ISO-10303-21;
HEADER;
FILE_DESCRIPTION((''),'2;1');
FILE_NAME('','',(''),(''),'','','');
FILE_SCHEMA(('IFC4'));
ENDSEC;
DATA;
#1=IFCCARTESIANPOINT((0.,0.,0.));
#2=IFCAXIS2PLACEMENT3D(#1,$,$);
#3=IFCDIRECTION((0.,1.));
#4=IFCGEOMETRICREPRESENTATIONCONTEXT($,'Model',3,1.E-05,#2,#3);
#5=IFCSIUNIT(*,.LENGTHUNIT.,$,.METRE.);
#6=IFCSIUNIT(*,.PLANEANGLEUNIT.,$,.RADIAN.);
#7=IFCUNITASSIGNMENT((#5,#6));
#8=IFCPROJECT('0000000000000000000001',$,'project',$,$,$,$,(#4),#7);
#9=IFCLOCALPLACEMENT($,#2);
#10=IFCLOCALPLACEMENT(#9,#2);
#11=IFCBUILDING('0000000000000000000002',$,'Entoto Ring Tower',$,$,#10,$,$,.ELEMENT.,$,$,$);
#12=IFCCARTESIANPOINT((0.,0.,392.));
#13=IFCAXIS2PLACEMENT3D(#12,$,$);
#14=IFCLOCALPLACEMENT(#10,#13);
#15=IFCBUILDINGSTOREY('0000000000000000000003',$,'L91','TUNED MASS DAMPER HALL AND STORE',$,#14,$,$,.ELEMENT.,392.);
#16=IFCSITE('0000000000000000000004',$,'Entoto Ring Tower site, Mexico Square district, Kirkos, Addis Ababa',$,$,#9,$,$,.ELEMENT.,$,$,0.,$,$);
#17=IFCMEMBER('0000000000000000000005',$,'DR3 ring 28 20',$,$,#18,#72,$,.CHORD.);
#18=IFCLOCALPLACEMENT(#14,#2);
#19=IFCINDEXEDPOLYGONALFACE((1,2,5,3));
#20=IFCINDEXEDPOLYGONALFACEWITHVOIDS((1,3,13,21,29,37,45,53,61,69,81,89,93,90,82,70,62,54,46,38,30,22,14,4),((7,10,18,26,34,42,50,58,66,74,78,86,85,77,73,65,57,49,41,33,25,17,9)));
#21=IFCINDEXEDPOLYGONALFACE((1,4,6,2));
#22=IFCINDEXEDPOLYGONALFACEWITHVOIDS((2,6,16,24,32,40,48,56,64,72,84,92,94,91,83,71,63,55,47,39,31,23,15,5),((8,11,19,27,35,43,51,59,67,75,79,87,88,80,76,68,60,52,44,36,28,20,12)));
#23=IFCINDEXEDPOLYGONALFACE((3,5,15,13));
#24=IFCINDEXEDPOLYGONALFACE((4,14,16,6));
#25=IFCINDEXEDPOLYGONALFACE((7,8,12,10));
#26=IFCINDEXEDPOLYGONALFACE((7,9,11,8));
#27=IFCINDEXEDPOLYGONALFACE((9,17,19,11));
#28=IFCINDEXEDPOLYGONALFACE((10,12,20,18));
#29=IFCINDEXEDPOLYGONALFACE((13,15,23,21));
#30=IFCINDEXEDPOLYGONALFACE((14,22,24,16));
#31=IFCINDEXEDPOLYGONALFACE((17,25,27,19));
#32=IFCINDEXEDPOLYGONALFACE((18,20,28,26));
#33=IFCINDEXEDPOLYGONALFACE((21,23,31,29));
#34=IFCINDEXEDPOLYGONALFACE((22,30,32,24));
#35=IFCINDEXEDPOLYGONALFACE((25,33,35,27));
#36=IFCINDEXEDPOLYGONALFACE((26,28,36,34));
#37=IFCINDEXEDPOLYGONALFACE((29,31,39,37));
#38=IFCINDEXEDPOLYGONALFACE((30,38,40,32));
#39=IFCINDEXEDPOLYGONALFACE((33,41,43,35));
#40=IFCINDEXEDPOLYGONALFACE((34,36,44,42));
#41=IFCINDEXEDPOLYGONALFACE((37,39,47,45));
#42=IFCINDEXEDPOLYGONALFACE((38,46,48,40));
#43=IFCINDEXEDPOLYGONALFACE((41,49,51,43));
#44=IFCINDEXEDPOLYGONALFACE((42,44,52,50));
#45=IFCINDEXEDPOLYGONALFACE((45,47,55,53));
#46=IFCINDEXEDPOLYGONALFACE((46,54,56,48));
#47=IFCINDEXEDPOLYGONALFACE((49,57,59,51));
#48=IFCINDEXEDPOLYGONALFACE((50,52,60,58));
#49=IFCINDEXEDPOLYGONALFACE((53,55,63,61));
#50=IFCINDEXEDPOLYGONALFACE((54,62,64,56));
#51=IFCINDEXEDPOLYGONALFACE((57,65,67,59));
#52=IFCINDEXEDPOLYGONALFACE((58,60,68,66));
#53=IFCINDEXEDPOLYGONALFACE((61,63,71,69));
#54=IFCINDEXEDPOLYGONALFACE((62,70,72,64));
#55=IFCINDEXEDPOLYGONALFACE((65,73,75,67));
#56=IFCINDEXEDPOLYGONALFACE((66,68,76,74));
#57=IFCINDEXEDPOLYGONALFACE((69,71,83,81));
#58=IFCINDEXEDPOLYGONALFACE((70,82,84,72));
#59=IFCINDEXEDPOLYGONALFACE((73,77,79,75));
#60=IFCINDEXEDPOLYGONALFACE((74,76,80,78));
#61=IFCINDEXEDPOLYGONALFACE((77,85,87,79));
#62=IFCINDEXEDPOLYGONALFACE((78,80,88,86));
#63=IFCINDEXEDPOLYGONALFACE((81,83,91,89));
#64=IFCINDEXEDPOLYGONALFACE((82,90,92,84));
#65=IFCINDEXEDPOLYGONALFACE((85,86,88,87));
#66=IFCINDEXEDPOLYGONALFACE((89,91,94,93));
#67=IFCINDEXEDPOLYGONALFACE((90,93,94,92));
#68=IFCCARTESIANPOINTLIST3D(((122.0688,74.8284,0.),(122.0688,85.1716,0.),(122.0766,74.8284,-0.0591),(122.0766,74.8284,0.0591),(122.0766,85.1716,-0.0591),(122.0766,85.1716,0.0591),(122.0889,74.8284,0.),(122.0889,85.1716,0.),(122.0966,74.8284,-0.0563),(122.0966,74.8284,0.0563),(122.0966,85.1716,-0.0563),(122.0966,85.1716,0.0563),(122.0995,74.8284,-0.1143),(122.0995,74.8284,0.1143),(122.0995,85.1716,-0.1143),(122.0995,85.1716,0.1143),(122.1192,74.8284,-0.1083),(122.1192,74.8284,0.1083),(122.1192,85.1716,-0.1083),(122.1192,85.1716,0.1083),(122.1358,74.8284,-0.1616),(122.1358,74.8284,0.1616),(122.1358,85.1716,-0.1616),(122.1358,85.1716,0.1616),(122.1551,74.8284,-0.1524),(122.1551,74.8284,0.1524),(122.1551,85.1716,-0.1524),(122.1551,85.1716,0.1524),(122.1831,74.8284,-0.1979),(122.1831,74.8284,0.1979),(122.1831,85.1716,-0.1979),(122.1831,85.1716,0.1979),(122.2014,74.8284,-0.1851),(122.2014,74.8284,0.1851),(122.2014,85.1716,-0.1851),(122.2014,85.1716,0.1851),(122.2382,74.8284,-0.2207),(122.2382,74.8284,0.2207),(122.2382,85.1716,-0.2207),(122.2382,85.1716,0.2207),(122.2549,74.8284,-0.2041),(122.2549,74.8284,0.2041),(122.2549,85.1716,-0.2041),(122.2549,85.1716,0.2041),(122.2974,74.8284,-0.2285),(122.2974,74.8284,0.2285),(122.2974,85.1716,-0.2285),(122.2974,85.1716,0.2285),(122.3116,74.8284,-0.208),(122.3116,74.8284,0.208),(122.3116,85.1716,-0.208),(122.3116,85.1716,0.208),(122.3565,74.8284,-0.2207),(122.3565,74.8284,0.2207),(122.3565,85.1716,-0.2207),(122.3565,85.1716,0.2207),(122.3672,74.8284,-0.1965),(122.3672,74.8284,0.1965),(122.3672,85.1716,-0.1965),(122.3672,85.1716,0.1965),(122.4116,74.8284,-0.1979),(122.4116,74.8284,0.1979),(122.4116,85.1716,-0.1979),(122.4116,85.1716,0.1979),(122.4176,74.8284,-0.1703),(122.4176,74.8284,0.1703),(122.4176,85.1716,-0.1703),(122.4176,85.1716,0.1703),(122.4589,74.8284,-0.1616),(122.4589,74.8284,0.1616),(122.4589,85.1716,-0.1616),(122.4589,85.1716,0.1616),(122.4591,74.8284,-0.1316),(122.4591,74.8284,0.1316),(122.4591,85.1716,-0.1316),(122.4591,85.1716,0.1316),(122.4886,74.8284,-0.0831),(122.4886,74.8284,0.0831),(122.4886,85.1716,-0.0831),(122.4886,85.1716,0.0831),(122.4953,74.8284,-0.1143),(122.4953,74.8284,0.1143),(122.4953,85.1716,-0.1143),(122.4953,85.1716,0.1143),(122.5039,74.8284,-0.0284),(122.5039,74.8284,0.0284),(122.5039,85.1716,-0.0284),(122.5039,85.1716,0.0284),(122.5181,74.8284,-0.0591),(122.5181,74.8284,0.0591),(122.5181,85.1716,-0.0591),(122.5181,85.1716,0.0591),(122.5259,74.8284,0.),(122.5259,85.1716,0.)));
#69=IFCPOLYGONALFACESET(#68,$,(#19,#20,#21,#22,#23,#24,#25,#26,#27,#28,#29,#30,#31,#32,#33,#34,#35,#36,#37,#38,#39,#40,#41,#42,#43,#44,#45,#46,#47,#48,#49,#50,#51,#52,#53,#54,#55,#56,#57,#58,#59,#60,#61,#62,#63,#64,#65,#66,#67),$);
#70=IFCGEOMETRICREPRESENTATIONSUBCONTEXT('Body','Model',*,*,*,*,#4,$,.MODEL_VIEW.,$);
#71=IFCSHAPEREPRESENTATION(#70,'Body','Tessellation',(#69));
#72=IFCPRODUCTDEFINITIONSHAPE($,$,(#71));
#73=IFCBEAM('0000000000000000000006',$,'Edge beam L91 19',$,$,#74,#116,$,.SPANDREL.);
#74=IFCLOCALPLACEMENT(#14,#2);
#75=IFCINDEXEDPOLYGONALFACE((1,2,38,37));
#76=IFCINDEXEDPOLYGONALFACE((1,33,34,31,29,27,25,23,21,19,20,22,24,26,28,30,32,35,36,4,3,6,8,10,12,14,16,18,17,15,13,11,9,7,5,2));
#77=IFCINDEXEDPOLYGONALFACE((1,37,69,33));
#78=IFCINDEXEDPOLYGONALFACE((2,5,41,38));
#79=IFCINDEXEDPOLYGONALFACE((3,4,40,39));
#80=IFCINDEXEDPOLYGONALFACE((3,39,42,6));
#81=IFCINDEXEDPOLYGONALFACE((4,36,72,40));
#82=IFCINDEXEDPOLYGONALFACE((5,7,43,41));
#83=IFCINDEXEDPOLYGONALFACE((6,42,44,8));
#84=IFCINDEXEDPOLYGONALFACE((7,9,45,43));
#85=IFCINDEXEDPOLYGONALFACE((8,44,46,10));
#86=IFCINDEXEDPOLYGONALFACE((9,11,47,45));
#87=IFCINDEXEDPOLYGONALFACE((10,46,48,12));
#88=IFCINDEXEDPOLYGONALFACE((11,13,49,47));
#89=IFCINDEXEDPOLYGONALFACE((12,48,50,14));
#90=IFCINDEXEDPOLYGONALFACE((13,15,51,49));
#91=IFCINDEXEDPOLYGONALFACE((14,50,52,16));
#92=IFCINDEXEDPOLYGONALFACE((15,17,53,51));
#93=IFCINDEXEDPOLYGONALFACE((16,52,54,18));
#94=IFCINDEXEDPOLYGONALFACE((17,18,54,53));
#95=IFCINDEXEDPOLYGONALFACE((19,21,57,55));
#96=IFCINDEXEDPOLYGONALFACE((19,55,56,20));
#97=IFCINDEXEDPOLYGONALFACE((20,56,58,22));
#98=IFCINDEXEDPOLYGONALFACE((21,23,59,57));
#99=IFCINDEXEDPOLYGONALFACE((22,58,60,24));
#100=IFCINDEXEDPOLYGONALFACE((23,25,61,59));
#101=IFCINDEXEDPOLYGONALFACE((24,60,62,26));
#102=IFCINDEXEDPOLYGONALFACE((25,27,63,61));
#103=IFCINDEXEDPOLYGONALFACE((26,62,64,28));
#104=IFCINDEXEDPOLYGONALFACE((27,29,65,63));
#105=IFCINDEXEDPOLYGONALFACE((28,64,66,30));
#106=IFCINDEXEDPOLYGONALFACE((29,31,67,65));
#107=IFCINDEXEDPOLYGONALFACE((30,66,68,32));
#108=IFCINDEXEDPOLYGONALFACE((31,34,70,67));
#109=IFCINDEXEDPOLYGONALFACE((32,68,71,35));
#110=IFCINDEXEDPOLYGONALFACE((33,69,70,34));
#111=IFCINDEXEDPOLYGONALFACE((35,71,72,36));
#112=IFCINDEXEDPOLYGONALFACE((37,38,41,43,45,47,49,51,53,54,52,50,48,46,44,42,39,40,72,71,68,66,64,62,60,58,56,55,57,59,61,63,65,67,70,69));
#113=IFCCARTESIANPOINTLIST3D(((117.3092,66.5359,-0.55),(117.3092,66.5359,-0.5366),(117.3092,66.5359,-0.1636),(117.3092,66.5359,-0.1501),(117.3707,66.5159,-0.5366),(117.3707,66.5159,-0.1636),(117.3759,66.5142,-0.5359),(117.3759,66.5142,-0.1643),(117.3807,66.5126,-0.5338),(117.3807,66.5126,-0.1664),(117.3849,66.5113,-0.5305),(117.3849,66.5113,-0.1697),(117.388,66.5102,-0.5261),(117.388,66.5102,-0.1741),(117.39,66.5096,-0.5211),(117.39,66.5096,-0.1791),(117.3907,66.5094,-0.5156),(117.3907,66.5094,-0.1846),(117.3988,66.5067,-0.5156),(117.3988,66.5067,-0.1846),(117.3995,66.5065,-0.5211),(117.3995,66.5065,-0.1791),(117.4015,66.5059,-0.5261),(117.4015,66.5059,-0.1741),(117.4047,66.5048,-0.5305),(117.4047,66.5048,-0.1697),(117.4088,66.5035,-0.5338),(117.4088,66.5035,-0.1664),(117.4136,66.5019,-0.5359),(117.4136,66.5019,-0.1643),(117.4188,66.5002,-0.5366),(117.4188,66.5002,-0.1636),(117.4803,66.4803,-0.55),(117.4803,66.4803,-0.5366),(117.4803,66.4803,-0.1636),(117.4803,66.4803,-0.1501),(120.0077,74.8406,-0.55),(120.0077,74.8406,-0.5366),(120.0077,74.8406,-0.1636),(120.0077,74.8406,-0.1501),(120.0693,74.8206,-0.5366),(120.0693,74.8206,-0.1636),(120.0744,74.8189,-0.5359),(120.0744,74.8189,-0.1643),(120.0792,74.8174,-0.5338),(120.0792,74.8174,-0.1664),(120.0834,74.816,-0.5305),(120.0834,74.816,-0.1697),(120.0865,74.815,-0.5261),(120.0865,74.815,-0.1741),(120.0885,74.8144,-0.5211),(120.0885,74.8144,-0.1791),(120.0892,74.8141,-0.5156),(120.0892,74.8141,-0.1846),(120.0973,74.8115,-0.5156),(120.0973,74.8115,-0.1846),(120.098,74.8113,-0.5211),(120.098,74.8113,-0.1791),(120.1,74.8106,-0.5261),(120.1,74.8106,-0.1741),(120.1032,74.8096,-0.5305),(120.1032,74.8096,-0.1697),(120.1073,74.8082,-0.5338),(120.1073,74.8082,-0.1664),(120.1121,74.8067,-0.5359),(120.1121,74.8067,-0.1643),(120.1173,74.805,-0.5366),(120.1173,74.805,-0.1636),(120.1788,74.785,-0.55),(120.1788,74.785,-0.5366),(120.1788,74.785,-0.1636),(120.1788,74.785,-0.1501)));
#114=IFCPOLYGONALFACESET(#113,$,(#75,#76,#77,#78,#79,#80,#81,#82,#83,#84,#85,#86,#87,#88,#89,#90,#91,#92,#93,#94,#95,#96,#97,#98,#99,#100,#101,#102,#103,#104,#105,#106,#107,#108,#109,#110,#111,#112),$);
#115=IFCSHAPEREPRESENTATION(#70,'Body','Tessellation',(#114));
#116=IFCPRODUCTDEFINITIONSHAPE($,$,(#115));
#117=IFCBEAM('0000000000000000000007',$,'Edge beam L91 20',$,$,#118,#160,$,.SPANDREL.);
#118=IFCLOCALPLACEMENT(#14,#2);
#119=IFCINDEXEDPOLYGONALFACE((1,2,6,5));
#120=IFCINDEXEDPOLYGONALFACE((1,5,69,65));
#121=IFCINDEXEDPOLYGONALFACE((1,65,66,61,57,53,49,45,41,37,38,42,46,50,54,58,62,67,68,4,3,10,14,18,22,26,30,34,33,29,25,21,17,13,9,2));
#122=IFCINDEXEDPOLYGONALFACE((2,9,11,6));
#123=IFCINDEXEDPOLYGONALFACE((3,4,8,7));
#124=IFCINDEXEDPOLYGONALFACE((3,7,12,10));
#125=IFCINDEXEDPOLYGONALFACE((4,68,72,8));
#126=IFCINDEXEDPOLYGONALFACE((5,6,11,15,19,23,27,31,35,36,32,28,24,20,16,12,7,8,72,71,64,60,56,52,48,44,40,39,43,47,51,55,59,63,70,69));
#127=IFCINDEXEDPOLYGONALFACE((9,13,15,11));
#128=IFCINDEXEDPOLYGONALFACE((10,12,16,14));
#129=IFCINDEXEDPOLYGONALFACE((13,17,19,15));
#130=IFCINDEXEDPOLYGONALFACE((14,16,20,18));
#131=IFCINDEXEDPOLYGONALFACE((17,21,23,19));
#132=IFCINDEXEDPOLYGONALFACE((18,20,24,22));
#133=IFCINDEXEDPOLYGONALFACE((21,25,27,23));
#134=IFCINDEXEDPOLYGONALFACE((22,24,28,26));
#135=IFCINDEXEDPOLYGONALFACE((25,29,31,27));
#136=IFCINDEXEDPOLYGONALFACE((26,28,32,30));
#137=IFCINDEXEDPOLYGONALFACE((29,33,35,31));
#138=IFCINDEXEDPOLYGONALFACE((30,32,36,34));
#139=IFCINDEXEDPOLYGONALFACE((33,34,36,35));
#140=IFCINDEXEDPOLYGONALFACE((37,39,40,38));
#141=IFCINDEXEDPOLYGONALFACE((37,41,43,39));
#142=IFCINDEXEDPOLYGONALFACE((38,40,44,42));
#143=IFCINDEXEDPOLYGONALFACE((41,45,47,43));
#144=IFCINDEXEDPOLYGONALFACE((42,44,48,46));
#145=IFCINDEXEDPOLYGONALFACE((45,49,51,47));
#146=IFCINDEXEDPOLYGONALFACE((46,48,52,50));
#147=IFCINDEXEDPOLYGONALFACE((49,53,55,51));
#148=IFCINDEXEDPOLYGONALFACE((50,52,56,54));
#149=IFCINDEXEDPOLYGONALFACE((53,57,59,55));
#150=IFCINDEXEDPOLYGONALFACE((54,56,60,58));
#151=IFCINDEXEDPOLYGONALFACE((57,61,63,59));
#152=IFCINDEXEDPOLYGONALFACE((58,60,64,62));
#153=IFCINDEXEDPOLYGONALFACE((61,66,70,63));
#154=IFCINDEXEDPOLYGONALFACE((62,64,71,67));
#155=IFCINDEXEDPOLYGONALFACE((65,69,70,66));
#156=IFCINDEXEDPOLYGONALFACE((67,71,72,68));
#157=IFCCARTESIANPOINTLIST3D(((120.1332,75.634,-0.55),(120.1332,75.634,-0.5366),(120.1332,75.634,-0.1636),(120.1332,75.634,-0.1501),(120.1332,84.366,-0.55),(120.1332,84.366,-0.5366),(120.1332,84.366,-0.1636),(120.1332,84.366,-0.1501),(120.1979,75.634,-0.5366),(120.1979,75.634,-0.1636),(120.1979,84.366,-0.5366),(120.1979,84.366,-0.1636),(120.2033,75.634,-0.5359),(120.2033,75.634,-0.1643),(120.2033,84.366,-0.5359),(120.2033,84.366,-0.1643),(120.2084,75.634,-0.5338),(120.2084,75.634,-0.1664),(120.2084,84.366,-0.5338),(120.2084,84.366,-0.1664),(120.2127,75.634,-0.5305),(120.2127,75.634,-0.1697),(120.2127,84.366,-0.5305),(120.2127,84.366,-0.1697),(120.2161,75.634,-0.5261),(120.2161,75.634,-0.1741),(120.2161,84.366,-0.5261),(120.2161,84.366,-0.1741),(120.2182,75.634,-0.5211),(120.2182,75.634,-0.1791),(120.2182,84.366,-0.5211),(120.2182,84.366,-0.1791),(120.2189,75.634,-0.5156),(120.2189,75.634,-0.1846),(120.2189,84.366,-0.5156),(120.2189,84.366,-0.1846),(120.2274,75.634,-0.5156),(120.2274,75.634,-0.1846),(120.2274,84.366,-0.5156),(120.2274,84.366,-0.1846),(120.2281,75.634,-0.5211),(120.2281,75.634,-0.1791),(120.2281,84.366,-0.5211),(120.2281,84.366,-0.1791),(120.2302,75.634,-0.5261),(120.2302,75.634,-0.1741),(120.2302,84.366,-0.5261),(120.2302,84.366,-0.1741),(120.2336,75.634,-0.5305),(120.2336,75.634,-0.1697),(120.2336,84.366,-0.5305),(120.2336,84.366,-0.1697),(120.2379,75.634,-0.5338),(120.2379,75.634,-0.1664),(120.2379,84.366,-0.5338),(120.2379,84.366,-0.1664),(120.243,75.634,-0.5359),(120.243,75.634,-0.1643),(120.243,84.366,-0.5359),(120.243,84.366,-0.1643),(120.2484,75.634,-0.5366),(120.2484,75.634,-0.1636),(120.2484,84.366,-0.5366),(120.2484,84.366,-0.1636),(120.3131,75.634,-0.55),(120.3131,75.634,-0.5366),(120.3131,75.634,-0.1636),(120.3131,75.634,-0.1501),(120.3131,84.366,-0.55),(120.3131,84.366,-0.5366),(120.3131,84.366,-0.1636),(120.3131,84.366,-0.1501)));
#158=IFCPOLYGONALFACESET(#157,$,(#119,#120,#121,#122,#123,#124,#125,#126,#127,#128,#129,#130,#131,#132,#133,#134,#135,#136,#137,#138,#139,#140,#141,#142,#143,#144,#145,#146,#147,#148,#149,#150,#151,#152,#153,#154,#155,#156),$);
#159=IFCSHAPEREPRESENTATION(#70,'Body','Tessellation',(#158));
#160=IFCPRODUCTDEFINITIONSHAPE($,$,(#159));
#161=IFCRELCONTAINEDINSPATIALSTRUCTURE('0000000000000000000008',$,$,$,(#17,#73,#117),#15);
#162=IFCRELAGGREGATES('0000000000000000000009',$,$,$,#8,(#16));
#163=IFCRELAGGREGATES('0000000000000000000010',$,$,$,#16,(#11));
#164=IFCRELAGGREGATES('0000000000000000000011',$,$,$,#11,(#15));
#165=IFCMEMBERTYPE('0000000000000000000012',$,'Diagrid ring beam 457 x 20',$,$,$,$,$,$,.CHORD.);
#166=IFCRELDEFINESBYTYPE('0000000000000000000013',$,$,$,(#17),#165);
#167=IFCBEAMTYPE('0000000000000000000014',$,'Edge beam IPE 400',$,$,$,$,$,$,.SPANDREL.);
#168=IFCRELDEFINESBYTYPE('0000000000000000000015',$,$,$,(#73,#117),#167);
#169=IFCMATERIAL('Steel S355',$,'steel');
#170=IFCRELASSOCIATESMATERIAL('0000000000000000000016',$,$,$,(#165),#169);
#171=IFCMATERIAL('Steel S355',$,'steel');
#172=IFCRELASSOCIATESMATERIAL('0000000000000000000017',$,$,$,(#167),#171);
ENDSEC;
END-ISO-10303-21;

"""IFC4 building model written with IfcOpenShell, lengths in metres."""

from ifc_helpers import new_model, si_unit, direction, frame, origin, origin_2d, place, context, subcontext, project, spatial, circle, hollow_circle, i_section, extrude, material, material_profile, profile_set, type_object, element, save


model = new_model("IFC4")

# Units and contexts
model_context = context("Model", 3, precision=1e-05, world=origin(), true_north=direction((0.0, 1.0)))
body_context = subcontext(model_context, "Body", "Model", "MODEL_VIEW")
ifc_project = project(units=[si_unit("LENGTHUNIT", "METRE"), si_unit("PLANEANGLEUNIT", "RADIAN")], contexts=[model_context])

# Site, building, storey
site_placement = place(None, origin())
site = spatial("IfcSite", under=ifc_project, at=site_placement, Name="Entoto Ring Tower site, Mexico Square district, Kirkos, Addis Ababa", CompositionType="ELEMENT", RefElevation=0.0)
building_placement = place(site_placement, origin())
building = spatial("IfcBuilding", under=site, at=building_placement, Name="Entoto Ring Tower", CompositionType="ELEMENT")
storey_placement = place(building_placement, frame((0.0, 0.0, 392.0)))
storey = spatial("IfcBuildingStorey", under=building, at=storey_placement, Name="L91", Description="TUNED MASS DAMPER HALL AND STORE", CompositionType="ELEMENT", Elevation=392.0)

# Member
ifc_material_1 = material(Name="Steel S355", Category="steel")
ifc_material_profile_1 = material_profile(ifc_material_1, hollow_circle(Radius=0.2285, WallThickness=0.02, at=origin_2d()), Name="CHS 457 x 20")
ifc_material_2 = material(Name="Concrete C60/75", Category="concrete")
ifc_material_profile_2 = material_profile(ifc_material_2, circle(Radius=0.2085, at=origin_2d()), Name="Concrete C60/75 infill")
ifc_profile_set_1 = profile_set([ifc_material_profile_1, ifc_material_profile_2], Name="Steel S355")
member_type_1 = type_object("IfcMemberType", Name="Diagrid ring beam 457 x 20", PredefinedType="CHORD", material=ifc_profile_set_1)
member_1_placement = place(storey_placement, frame((122.2974, 74.8284, 0.0), z_axis=(0.0, 1.0, 0.0), x_axis=(-1.0, 0.0, 0.0)))
element("IfcMember", 1, at=member_1_placement, inside=storey, type_object=member_type_1, Name="DR3 ring 28 20", PredefinedType="CHORD", context=body_context, shape_type="SweptSolid", body=[
    extrude(hollow_circle(Radius=0.2285, WallThickness=0.02, at=origin_2d()), origin(), (0.0, 0.0, 1.0), 10.3433),
])

# Beams
ifc_material_3 = material(Name="Steel S355", Category="steel")
ifc_material_profile_3 = material_profile(ifc_material_3, i_section(OverallWidth=0.1799, OverallDepth=0.3999, WebThickness=0.0085, FlangeThickness=0.0134, FilletRadius=0.021, at=origin_2d()), Name="IPE 400")
ifc_profile_set_2 = profile_set([ifc_material_profile_3], Name="Steel S355")
beam_type_1 = type_object("IfcBeamType", Name="Edge beam IPE 400", PredefinedType="SPANDREL", material=ifc_profile_set_2)
beam_1_placement = place(storey_placement, frame((117.3948, 66.5081, -0.3501), z_axis=(0.30903, 0.951052, 0.0), x_axis=(-0.951052, 0.30903, 0.0)))
element("IfcBeam", 2, at=beam_1_placement, inside=storey, type_object=beam_type_1, Name="Edge beam L91 19", PredefinedType="SPANDREL", context=body_context, shape_type="SweptSolid", body=[
    extrude(i_section(OverallWidth=0.1799, OverallDepth=0.3999, WebThickness=0.0085, FlangeThickness=0.0134, FilletRadius=0.021, at=origin_2d()), origin(), (0.0, 0.0, 1.0), 8.7322),
])
beam_2_placement = place(storey_placement, frame((120.2231, 75.634, -0.3501), z_axis=(0.0, 1.0, 0.0), x_axis=(-1.0, 0.0, 0.0)))
element("IfcBeam", 3, at=beam_2_placement, inside=storey, type_object=beam_type_1, Name="Edge beam L91 20", PredefinedType="SPANDREL", context=body_context, shape_type="SweptSolid", body=[
    extrude(i_section(OverallWidth=0.1799, OverallDepth=0.3999, WebThickness=0.0085, FlangeThickness=0.0134, FilletRadius=0.021, at=origin_2d()), origin(), (0.0, 0.0, 1.0), 8.7319),
])

save(model, "model.ifc")
